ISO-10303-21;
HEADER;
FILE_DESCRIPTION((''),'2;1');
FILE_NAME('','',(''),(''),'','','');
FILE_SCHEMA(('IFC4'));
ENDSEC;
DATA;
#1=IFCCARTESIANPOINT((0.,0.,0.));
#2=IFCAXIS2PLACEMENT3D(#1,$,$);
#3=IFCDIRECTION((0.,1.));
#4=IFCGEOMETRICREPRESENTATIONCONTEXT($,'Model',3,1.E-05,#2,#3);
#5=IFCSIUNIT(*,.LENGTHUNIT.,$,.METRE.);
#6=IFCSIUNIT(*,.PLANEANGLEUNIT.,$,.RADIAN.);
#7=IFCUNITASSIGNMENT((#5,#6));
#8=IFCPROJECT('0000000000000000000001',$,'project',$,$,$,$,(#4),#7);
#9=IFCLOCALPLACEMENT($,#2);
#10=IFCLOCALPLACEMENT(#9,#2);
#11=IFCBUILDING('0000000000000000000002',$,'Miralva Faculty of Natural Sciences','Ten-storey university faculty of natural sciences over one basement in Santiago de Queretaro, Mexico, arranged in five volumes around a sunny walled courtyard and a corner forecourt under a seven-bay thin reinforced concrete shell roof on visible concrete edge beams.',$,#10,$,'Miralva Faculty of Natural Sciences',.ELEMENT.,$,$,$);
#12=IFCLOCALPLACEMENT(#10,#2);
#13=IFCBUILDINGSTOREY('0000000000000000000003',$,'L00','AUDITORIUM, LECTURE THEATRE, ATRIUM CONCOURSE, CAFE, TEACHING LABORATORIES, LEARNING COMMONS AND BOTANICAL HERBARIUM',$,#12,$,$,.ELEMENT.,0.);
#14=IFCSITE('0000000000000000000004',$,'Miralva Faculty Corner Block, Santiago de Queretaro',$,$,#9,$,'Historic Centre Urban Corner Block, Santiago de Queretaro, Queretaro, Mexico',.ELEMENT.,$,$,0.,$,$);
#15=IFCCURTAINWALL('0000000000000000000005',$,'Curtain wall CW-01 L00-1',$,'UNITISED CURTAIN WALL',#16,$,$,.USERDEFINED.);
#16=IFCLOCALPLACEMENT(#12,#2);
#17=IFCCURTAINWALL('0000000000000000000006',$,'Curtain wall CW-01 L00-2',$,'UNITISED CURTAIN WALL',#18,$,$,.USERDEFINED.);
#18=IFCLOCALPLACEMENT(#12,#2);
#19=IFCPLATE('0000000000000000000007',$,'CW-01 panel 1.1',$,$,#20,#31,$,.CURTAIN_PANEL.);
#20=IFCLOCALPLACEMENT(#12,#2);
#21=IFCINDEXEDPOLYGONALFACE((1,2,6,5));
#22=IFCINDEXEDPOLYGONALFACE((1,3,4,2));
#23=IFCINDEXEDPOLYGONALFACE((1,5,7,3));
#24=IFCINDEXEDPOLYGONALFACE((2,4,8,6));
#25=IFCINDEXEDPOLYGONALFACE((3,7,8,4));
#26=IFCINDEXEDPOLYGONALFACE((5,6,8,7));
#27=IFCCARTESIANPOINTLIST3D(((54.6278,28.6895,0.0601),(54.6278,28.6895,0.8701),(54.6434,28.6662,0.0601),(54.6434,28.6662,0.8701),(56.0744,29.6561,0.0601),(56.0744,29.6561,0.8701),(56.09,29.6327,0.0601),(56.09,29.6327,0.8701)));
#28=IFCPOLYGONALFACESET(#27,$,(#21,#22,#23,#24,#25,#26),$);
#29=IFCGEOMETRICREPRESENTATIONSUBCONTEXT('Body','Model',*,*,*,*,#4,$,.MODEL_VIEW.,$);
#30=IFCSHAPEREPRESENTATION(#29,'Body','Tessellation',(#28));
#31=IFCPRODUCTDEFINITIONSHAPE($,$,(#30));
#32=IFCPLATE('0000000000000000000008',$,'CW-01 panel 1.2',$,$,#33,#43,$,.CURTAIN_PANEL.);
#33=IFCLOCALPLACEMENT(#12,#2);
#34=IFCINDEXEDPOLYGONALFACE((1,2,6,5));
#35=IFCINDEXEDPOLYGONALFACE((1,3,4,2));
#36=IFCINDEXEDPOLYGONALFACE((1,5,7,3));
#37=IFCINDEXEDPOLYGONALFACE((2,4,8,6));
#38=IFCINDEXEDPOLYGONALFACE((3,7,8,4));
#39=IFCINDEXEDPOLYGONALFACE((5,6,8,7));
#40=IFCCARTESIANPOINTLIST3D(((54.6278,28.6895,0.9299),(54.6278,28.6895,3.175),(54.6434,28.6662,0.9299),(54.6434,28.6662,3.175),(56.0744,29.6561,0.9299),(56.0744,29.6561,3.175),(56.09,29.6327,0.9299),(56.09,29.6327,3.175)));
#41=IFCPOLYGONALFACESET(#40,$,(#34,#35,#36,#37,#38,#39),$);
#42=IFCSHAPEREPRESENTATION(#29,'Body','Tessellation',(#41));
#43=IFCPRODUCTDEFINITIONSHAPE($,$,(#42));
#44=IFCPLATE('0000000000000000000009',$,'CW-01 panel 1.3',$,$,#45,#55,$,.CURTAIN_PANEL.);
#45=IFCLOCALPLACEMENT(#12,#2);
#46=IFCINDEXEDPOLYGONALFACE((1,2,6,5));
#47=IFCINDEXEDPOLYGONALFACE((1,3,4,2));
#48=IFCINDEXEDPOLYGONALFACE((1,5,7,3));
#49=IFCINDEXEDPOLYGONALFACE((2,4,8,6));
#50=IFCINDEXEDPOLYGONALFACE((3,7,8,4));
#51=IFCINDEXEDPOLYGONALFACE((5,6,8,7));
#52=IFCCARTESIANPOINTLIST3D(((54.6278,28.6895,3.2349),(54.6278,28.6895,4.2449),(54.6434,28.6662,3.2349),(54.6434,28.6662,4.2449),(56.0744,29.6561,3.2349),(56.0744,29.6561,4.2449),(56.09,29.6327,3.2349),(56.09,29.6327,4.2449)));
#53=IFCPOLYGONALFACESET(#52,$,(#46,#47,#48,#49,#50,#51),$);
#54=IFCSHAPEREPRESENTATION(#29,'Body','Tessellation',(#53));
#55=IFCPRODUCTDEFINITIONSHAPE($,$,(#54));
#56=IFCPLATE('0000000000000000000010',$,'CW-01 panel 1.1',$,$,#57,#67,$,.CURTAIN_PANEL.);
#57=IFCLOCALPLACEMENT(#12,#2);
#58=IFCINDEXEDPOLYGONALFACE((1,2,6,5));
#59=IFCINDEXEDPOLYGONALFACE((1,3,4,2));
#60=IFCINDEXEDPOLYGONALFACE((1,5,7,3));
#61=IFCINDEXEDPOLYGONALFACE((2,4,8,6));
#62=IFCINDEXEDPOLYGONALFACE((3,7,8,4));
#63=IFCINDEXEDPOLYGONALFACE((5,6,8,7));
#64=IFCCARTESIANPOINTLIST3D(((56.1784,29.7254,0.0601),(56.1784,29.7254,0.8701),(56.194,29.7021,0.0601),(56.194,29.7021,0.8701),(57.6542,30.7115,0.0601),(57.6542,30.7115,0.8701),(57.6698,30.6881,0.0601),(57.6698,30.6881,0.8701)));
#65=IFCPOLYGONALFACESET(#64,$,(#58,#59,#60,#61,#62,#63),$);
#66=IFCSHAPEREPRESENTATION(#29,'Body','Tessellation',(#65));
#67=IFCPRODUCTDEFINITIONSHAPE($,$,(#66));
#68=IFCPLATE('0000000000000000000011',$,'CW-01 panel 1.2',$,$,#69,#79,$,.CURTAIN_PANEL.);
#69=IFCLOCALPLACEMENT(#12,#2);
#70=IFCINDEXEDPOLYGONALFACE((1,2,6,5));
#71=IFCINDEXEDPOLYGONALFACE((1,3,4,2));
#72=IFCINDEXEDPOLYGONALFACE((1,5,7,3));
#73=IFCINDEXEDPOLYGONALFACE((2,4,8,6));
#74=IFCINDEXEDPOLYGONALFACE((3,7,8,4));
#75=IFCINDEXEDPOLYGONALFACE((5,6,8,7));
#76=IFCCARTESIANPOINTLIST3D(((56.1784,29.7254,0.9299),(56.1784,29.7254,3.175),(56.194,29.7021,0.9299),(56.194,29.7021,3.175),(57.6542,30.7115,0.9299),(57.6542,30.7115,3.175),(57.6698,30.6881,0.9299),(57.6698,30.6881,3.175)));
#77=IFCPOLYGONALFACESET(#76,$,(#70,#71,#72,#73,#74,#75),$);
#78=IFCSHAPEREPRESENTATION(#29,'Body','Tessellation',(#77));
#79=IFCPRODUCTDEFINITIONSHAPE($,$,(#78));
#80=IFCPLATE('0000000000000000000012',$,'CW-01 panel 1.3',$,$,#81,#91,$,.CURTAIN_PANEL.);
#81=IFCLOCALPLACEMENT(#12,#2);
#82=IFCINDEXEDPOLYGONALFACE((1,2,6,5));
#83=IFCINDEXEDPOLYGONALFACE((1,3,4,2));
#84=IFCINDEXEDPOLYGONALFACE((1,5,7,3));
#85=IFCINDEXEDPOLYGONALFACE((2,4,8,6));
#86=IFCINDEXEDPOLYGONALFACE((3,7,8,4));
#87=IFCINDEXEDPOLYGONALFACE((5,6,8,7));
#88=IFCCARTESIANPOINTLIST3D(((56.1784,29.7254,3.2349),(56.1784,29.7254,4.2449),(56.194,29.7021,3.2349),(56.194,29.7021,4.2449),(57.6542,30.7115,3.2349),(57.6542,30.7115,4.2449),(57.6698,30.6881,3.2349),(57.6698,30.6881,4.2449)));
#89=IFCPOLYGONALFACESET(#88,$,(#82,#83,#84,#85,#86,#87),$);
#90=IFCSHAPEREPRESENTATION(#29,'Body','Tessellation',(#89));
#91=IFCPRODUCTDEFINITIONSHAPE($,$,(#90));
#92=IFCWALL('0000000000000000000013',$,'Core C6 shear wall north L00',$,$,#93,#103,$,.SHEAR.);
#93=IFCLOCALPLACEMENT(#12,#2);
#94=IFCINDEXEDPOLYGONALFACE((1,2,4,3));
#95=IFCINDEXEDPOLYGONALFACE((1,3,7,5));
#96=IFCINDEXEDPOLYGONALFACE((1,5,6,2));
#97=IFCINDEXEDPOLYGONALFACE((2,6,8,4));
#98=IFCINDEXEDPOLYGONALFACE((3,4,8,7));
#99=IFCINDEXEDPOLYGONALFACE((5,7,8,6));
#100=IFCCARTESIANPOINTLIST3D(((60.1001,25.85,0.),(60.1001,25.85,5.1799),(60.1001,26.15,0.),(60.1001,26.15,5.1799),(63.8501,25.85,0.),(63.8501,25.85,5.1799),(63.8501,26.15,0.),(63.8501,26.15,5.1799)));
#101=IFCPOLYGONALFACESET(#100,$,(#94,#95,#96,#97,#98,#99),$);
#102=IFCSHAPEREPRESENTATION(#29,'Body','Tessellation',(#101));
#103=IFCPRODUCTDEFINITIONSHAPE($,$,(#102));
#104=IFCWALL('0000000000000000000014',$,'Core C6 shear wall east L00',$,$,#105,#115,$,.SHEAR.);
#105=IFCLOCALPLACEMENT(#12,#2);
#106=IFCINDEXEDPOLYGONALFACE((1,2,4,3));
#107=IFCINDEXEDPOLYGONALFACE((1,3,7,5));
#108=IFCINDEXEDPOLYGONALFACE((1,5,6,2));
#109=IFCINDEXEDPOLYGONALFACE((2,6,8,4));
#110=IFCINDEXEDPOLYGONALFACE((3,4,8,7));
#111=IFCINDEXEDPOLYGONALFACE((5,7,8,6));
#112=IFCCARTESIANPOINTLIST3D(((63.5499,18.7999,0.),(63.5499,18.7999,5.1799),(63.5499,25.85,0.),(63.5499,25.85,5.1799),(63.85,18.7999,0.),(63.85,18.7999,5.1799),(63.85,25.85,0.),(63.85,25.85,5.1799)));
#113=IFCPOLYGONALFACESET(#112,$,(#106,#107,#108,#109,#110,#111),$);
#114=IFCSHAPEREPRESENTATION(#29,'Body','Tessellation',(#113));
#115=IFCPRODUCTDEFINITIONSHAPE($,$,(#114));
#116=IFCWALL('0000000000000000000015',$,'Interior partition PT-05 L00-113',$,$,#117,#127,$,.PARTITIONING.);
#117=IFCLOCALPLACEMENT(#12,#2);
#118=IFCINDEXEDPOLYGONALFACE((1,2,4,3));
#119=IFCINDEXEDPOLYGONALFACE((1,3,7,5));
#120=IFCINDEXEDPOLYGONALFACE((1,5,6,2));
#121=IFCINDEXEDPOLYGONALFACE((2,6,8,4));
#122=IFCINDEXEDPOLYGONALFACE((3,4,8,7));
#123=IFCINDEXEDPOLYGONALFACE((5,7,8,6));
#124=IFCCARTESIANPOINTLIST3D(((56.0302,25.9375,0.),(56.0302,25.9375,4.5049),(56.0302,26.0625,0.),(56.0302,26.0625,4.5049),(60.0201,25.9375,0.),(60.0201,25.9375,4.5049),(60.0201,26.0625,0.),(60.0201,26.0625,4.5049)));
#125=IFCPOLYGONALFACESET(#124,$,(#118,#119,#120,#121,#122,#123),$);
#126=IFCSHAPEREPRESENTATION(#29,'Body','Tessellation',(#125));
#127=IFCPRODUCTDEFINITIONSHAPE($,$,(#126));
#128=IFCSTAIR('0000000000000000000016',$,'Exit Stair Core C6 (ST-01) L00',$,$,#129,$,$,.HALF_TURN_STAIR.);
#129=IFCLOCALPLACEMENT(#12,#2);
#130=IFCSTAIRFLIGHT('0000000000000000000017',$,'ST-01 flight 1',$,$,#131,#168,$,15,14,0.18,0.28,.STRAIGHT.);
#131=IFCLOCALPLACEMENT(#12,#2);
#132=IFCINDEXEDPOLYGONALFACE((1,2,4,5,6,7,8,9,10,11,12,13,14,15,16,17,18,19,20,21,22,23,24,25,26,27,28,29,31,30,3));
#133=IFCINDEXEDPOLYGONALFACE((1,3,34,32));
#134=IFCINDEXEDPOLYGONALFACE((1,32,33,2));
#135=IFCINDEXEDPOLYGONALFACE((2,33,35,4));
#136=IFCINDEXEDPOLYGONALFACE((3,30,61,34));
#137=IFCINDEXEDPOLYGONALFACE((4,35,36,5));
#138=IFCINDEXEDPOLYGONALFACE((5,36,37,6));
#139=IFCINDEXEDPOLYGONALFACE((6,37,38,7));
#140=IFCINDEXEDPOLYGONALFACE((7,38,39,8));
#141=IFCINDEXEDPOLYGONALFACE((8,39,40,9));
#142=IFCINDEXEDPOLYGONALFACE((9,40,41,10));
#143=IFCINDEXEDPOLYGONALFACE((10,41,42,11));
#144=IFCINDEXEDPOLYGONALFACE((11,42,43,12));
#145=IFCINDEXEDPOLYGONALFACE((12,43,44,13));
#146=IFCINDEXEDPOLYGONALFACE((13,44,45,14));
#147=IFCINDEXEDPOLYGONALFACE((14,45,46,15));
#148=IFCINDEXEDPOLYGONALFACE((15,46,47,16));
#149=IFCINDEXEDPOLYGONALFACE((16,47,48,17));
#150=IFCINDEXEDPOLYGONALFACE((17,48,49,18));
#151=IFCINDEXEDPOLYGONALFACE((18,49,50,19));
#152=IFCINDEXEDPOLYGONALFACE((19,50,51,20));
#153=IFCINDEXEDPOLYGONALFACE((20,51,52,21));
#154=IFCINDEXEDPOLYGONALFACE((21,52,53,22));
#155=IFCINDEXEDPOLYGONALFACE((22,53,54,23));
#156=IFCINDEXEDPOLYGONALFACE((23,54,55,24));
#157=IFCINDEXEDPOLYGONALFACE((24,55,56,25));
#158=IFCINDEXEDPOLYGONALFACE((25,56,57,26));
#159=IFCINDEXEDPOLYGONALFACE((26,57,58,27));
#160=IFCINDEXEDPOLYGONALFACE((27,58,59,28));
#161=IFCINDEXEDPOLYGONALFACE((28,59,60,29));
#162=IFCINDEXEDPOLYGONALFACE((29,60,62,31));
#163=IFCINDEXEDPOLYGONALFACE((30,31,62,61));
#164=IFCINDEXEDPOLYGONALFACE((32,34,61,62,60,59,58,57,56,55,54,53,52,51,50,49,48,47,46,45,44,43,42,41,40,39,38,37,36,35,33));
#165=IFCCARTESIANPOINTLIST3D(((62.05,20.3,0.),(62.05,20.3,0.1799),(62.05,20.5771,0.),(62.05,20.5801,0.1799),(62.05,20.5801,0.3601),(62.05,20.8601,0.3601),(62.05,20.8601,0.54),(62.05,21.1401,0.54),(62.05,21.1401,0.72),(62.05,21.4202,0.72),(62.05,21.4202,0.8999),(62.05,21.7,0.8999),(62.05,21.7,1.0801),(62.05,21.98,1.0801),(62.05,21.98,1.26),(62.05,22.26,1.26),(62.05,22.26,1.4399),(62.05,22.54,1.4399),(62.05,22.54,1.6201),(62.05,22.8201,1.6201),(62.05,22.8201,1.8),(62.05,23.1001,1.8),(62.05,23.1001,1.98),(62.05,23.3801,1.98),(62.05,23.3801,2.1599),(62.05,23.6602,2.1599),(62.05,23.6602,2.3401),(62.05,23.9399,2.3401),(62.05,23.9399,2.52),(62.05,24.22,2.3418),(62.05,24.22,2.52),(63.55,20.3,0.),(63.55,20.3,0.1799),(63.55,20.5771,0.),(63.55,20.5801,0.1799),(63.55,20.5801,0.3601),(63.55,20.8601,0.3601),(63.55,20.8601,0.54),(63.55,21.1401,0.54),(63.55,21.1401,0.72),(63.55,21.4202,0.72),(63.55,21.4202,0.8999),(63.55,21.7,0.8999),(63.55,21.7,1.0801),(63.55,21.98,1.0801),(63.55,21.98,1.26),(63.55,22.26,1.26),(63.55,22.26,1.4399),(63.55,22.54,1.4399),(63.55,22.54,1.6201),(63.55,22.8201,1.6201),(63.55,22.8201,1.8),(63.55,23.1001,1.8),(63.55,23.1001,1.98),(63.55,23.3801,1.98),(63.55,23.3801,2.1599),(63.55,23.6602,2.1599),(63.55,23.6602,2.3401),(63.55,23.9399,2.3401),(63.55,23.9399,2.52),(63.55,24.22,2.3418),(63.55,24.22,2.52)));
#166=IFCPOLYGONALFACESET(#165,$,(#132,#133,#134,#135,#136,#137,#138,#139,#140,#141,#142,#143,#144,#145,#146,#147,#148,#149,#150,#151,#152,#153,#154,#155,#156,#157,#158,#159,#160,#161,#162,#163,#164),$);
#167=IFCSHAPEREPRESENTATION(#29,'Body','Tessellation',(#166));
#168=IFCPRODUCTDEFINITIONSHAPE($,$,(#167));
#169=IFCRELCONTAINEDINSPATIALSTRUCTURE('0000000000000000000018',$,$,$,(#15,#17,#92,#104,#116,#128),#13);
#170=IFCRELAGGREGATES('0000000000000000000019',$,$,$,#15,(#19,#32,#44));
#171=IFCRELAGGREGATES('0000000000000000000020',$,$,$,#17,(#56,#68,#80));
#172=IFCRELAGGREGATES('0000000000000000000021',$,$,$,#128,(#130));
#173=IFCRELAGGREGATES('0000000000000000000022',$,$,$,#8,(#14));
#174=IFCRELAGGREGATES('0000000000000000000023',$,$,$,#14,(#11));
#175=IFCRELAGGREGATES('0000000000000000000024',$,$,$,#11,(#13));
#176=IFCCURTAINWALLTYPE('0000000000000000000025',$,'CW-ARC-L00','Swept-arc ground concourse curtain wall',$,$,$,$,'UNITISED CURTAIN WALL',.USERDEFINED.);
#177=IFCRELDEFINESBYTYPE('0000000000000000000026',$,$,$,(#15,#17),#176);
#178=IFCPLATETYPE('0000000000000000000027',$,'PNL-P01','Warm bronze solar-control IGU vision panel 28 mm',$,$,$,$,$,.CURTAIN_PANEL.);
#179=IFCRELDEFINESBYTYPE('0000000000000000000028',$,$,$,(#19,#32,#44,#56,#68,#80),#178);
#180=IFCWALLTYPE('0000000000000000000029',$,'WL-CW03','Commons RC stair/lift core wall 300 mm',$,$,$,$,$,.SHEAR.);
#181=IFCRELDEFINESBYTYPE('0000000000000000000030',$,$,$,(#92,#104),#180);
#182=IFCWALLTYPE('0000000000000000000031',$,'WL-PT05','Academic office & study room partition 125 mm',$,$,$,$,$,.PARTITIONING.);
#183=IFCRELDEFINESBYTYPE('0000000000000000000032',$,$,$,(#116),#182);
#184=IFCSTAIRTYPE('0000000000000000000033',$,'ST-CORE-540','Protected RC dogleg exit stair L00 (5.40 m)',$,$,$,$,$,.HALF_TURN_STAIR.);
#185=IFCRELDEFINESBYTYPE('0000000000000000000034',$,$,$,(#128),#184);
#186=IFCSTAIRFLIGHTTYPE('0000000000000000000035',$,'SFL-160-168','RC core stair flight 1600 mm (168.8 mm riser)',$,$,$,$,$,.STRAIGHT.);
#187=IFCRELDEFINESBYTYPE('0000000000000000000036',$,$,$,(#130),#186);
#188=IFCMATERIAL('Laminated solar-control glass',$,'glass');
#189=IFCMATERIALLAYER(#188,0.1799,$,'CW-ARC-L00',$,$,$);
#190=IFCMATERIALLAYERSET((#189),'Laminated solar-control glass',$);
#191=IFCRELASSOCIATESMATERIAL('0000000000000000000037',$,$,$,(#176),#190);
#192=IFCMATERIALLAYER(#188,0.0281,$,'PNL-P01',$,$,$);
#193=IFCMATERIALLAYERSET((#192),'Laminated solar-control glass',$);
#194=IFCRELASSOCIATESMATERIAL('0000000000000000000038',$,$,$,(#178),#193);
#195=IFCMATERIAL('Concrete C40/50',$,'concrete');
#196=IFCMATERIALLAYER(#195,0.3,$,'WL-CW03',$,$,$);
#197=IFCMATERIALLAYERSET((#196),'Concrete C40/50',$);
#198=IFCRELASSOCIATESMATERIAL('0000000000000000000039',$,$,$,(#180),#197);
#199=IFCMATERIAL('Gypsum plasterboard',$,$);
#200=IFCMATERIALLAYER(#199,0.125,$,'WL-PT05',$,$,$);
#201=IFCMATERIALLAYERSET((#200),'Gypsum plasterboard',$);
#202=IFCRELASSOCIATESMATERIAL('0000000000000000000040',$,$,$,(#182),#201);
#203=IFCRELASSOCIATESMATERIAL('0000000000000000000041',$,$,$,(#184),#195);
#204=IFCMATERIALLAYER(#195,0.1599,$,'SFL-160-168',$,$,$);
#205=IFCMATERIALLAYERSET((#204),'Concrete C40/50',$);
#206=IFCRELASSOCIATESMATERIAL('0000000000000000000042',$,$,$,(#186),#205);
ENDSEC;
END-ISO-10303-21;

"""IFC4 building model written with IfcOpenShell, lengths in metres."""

from ifc_helpers import new_model, si_unit, direction, frame, frame_2d, origin, origin_2d, place, context, subcontext, project, spatial, polyline, rectangle, outline, extrude, material, layer, layer_set, type_object, element, aggregate, save


model = new_model("IFC4")

# Units and contexts
model_context = context("Model", 3, precision=1e-05, world=origin(), true_north=direction((0.0, 1.0)))
body_context = subcontext(model_context, "Body", "Model", "MODEL_VIEW")
ifc_project = project(units=[si_unit("LENGTHUNIT", "METRE"), si_unit("PLANEANGLEUNIT", "RADIAN")], contexts=[model_context])

# Site, building, storey
site_placement = place(None, origin())
site = spatial("IfcSite", under=ifc_project, at=site_placement, Name="Miralva Faculty Corner Block, Santiago de Queretaro", LongName="Historic Centre Urban Corner Block, Santiago de Queretaro, Queretaro, Mexico", CompositionType="ELEMENT", RefElevation=0.0)
building_placement = place(site_placement, origin())
building = spatial("IfcBuilding", under=site, at=building_placement, Name="Miralva Faculty of Natural Sciences", Description="Ten-storey university faculty of natural sciences over one basement in Santiago de Queretaro, Mexico, arranged in five volumes around a sunny walled courtyard and a corner forecourt under a seven-bay thin reinforced concrete shell roof on visible concrete edge beams.", LongName="Miralva Faculty of Natural Sciences", CompositionType="ELEMENT")
storey_placement = place(building_placement, origin())
storey = spatial("IfcBuildingStorey", under=building, at=storey_placement, Name="L00", Description="AUDITORIUM, LECTURE THEATRE, ATRIUM CONCOURSE, CAFE, TEACHING LABORATORIES, LEARNING COMMONS AND BOTANICAL HERBARIUM", CompositionType="ELEMENT", Elevation=0.0)

# Shared definitions
ifc_material_1 = material(Name="Concrete C40/50", Category="concrete")

# Curtain wall
ifc_material_2 = material(Name="Laminated solar-control glass", Category="glass")
ifc_layer_1 = layer(ifc_material_2, 0.1799, Name="CW-ARC-L00")
ifc_layer_set_1 = layer_set([ifc_layer_1], Name="Laminated solar-control glass")
curtain_wall_type = type_object("IfcCurtainWallType", Name="CW-ARC-L00", Description="Swept-arc ground concourse curtain wall", ElementType="UNITISED CURTAIN WALL", PredefinedType="USERDEFINED", material=ifc_layer_set_1)
curtain_wall_1_placement = place(storey_placement, origin())
curtain_wall_1 = element("IfcCurtainWall", 1, at=curtain_wall_1_placement, inside=storey, type_object=curtain_wall_type, Name="Curtain wall CW-01 L00-1", ObjectType="UNITISED CURTAIN WALL", PredefinedType="USERDEFINED")

# Curtain wall
curtain_wall_2_placement = place(storey_placement, origin())
curtain_wall_2 = element("IfcCurtainWall", 2, at=curtain_wall_2_placement, inside=storey, type_object=curtain_wall_type, Name="Curtain wall CW-01 L00-2", ObjectType="UNITISED CURTAIN WALL", PredefinedType="USERDEFINED")

# Plates
ifc_layer_2 = layer(ifc_material_2, 0.0281, Name="PNL-P01")
ifc_layer_set_2 = layer_set([ifc_layer_2], Name="Laminated solar-control glass")
plate_type = type_object("IfcPlateType", Name="PNL-P01", Description="Warm bronze solar-control IGU vision panel 28 mm", PredefinedType="CURTAIN_PANEL", material=ifc_layer_set_2)
plate_1_placement = place(storey_placement, frame((55.3589, 29.1611, 0.0601), z_axis=(0.0, 0.0, 1.0), x_axis=(0.831474, 0.555564, 0.0)))
plate_1 = element("IfcPlate", 3, at=plate_1_placement, type_object=plate_type, Name="CW-01 panel 1.1", PredefinedType="CURTAIN_PANEL", context=body_context, shape_type="SweptSolid", body=[
    extrude(rectangle(XDim=1.7397, YDim=0.0281, at=origin_2d()), origin(), (0.0, 0.0, 1.0), 0.8101),
])
plate_2_placement = place(storey_placement, frame((55.3589, 29.1611, 0.9299), z_axis=(0.0, 0.0, 1.0), x_axis=(0.831474, 0.555564, 0.0)))
plate_2 = element("IfcPlate", 4, at=plate_2_placement, type_object=plate_type, Name="CW-01 panel 1.2", PredefinedType="CURTAIN_PANEL", context=body_context, shape_type="SweptSolid", body=[
    extrude(rectangle(XDim=1.7397, YDim=0.0281, at=origin_2d()), origin(), (0.0, 0.0, 1.0), 2.2451),
])
plate_3_placement = place(storey_placement, frame((55.3589, 29.1611, 3.2349), z_axis=(0.0, 0.0, 1.0), x_axis=(0.831474, 0.555564, 0.0)))
plate_3 = element("IfcPlate", 5, at=plate_3_placement, type_object=plate_type, Name="CW-01 panel 1.3", PredefinedType="CURTAIN_PANEL", context=body_context, shape_type="SweptSolid", body=[
    extrude(rectangle(XDim=1.7397, YDim=0.0281, at=origin_2d()), origin(), (0.0, 0.0, 1.0), 1.01),
])
aggregate(curtain_wall_1, [plate_1, plate_2, plate_3])
plate_4_placement = place(storey_placement, frame((56.9241, 30.2068, 0.0601), z_axis=(0.0, 0.0, 1.0), x_axis=(0.831476, 0.55556, 0.0)))
plate_4 = element("IfcPlate", 6, at=plate_4_placement, type_object=plate_type, Name="CW-01 panel 1.1", PredefinedType="CURTAIN_PANEL", context=body_context, shape_type="SweptSolid", body=[
    extrude(rectangle(XDim=1.7749, YDim=0.0281, at=origin_2d()), origin(), (0.0, 0.0, 1.0), 0.8101),
])
plate_5_placement = place(storey_placement, frame((56.9241, 30.2068, 0.9299), z_axis=(0.0, 0.0, 1.0), x_axis=(0.831476, 0.55556, 0.0)))
plate_5 = element("IfcPlate", 7, at=plate_5_placement, type_object=plate_type, Name="CW-01 panel 1.2", PredefinedType="CURTAIN_PANEL", context=body_context, shape_type="SweptSolid", body=[
    extrude(rectangle(XDim=1.7749, YDim=0.0281, at=origin_2d()), origin(), (0.0, 0.0, 1.0), 2.2451),
])
plate_6_placement = place(storey_placement, frame((56.9241, 30.2068, 3.2349), z_axis=(0.0, 0.0, 1.0), x_axis=(0.831476, 0.55556, 0.0)))
plate_6 = element("IfcPlate", 8, at=plate_6_placement, type_object=plate_type, Name="CW-01 panel 1.3", PredefinedType="CURTAIN_PANEL", context=body_context, shape_type="SweptSolid", body=[
    extrude(rectangle(XDim=1.7749, YDim=0.0281, at=origin_2d()), origin(), (0.0, 0.0, 1.0), 1.01),
])
aggregate(curtain_wall_2, [plate_4, plate_5, plate_6])

# Walls
ifc_layer_3 = layer(ifc_material_1, 0.3, Name="WL-CW03")
ifc_layer_set_3 = layer_set([ifc_layer_3], Name="Concrete C40/50")
wall_type_1 = type_object("IfcWallType", Name="WL-CW03", Description="Commons RC stair/lift core wall 300 mm", PredefinedType="SHEAR", material=ifc_layer_set_3)
wall_1_placement = place(storey_placement, frame((60.1001, 26.0, 0.0), z_axis=(0.0, 0.0, 1.0), x_axis=(1.0, 0.0, 0.0)))
element("IfcWall", 9, at=wall_1_placement, inside=storey, type_object=wall_type_1, Name="Core C6 shear wall north L00", PredefinedType="SHEAR", context=body_context, shape_type="SweptSolid", body=[
    extrude(rectangle(XDim=3.75, YDim=0.3, at=frame_2d((1.875, 0.0))), origin(), (0.0, 0.0, 1.0), 5.1799),
])
wall_2_placement = place(storey_placement, frame((63.7, 18.8, 0.0), z_axis=(0.0, 0.0, 1.0), x_axis=(0.0, 1.0, 0.0)))
element("IfcWall", 10, at=wall_2_placement, inside=storey, type_object=wall_type_1, Name="Core C6 shear wall east L00", PredefinedType="SHEAR", context=body_context, shape_type="SweptSolid", body=[
    extrude(rectangle(XDim=7.05, YDim=0.3, at=frame_2d((3.5249, 0.0))), origin(), (0.0, 0.0, 1.0), 5.1799),
])
ifc_material_3 = material(Name="Gypsum plasterboard")
ifc_layer_4 = layer(ifc_material_3, 0.125, Name="WL-PT05")
ifc_layer_set_4 = layer_set([ifc_layer_4], Name="Gypsum plasterboard")
wall_type_2 = type_object("IfcWallType", Name="WL-PT05", Description="Academic office & study room partition 125 mm", PredefinedType="PARTITIONING", material=ifc_layer_set_4)
wall_3_placement = place(storey_placement, frame((56.03, 26.0, 0.0), z_axis=(0.0, 0.0, 1.0), x_axis=(1.0, 0.0, 0.0)))
element("IfcWall", 11, at=wall_3_placement, inside=storey, type_object=wall_type_2, Name="Interior partition PT-05 L00-113", PredefinedType="PARTITIONING", context=body_context, shape_type="SweptSolid", body=[
    extrude(rectangle(XDim=3.99, YDim=0.125, at=frame_2d((1.9951, 0.0))), origin(), (0.0, 0.0, 1.0), 4.5049),
])

# Stair, stair flight
stair_type = type_object("IfcStairType", Name="ST-CORE-540", Description="Protected RC dogleg exit stair L00 (5.40 m)", PredefinedType="HALF_TURN_STAIR", material=ifc_material_1)
stair_placement = place(storey_placement, origin())
stair = element("IfcStair", 12, at=stair_placement, inside=storey, type_object=stair_type, Name="Exit Stair Core C6 (ST-01) L00", PredefinedType="HALF_TURN_STAIR")
ifc_layer_5 = layer(ifc_material_1, 0.1599, Name="SFL-160-168")
ifc_layer_set_5 = layer_set([ifc_layer_5], Name="Concrete C40/50")
stair_flight_type = type_object("IfcStairFlightType", Name="SFL-160-168", Description="RC core stair flight 1600 mm (168.8 mm riser)", PredefinedType="STRAIGHT", material=ifc_layer_set_5)
stair_flight_1_placement = place(storey_placement, frame((62.8, 20.3, 0.0), z_axis=(0.0, 0.0, 1.0), x_axis=(0.0, 1.0, 0.0)))
stair_flight_1 = element("IfcStairFlight", 13, at=stair_flight_1_placement, type_object=stair_flight_type, Name="ST-01 flight 1", NumberOfRisers=15, NumberOfTreads=14, PredefinedType="STRAIGHT", RiserHeight=0.18, TreadLength=0.28, context=body_context, shape_type="SweptSolid", body=[
    extrude(outline(polyline([(0.0, 0.0), (0.0, 0.1799), (0.28, 0.1799), (0.28, 0.3601), (0.5601, 0.3601), (0.5601, 0.54), (0.8401, 0.54), (0.8401, 0.72), (1.1201, 0.72), (1.1201, 0.8999), (1.3999, 0.8999), (1.3999, 1.0801), (1.6799, 1.0801), (1.6799, 1.26), (1.96, 1.26), (1.96, 1.4399), (2.24, 1.4399), (2.24, 1.6201), (2.52, 1.6201), (2.52, 1.8), (2.8, 1.8), (2.8, 1.98), (3.0801, 1.98), (3.0801, 2.1599), (3.3601, 2.1599), (3.3601, 2.3401), (3.6399, 2.3401), (3.6399, 2.52), (3.9199, 2.52), (3.9199, 2.7), (3.9199, 2.3418), (0.2771, 0.0), (0.0, 0.0)])), frame((0.0, 0.75, 0.0), z_axis=(0.0, -1.0, 0.0), x_axis=(1.0, 0.0, 0.0)), (0.0, 0.0, 1.0), 1.5),
])
aggregate(stair, [stair_flight_1])

save(model, "model.ifc")
